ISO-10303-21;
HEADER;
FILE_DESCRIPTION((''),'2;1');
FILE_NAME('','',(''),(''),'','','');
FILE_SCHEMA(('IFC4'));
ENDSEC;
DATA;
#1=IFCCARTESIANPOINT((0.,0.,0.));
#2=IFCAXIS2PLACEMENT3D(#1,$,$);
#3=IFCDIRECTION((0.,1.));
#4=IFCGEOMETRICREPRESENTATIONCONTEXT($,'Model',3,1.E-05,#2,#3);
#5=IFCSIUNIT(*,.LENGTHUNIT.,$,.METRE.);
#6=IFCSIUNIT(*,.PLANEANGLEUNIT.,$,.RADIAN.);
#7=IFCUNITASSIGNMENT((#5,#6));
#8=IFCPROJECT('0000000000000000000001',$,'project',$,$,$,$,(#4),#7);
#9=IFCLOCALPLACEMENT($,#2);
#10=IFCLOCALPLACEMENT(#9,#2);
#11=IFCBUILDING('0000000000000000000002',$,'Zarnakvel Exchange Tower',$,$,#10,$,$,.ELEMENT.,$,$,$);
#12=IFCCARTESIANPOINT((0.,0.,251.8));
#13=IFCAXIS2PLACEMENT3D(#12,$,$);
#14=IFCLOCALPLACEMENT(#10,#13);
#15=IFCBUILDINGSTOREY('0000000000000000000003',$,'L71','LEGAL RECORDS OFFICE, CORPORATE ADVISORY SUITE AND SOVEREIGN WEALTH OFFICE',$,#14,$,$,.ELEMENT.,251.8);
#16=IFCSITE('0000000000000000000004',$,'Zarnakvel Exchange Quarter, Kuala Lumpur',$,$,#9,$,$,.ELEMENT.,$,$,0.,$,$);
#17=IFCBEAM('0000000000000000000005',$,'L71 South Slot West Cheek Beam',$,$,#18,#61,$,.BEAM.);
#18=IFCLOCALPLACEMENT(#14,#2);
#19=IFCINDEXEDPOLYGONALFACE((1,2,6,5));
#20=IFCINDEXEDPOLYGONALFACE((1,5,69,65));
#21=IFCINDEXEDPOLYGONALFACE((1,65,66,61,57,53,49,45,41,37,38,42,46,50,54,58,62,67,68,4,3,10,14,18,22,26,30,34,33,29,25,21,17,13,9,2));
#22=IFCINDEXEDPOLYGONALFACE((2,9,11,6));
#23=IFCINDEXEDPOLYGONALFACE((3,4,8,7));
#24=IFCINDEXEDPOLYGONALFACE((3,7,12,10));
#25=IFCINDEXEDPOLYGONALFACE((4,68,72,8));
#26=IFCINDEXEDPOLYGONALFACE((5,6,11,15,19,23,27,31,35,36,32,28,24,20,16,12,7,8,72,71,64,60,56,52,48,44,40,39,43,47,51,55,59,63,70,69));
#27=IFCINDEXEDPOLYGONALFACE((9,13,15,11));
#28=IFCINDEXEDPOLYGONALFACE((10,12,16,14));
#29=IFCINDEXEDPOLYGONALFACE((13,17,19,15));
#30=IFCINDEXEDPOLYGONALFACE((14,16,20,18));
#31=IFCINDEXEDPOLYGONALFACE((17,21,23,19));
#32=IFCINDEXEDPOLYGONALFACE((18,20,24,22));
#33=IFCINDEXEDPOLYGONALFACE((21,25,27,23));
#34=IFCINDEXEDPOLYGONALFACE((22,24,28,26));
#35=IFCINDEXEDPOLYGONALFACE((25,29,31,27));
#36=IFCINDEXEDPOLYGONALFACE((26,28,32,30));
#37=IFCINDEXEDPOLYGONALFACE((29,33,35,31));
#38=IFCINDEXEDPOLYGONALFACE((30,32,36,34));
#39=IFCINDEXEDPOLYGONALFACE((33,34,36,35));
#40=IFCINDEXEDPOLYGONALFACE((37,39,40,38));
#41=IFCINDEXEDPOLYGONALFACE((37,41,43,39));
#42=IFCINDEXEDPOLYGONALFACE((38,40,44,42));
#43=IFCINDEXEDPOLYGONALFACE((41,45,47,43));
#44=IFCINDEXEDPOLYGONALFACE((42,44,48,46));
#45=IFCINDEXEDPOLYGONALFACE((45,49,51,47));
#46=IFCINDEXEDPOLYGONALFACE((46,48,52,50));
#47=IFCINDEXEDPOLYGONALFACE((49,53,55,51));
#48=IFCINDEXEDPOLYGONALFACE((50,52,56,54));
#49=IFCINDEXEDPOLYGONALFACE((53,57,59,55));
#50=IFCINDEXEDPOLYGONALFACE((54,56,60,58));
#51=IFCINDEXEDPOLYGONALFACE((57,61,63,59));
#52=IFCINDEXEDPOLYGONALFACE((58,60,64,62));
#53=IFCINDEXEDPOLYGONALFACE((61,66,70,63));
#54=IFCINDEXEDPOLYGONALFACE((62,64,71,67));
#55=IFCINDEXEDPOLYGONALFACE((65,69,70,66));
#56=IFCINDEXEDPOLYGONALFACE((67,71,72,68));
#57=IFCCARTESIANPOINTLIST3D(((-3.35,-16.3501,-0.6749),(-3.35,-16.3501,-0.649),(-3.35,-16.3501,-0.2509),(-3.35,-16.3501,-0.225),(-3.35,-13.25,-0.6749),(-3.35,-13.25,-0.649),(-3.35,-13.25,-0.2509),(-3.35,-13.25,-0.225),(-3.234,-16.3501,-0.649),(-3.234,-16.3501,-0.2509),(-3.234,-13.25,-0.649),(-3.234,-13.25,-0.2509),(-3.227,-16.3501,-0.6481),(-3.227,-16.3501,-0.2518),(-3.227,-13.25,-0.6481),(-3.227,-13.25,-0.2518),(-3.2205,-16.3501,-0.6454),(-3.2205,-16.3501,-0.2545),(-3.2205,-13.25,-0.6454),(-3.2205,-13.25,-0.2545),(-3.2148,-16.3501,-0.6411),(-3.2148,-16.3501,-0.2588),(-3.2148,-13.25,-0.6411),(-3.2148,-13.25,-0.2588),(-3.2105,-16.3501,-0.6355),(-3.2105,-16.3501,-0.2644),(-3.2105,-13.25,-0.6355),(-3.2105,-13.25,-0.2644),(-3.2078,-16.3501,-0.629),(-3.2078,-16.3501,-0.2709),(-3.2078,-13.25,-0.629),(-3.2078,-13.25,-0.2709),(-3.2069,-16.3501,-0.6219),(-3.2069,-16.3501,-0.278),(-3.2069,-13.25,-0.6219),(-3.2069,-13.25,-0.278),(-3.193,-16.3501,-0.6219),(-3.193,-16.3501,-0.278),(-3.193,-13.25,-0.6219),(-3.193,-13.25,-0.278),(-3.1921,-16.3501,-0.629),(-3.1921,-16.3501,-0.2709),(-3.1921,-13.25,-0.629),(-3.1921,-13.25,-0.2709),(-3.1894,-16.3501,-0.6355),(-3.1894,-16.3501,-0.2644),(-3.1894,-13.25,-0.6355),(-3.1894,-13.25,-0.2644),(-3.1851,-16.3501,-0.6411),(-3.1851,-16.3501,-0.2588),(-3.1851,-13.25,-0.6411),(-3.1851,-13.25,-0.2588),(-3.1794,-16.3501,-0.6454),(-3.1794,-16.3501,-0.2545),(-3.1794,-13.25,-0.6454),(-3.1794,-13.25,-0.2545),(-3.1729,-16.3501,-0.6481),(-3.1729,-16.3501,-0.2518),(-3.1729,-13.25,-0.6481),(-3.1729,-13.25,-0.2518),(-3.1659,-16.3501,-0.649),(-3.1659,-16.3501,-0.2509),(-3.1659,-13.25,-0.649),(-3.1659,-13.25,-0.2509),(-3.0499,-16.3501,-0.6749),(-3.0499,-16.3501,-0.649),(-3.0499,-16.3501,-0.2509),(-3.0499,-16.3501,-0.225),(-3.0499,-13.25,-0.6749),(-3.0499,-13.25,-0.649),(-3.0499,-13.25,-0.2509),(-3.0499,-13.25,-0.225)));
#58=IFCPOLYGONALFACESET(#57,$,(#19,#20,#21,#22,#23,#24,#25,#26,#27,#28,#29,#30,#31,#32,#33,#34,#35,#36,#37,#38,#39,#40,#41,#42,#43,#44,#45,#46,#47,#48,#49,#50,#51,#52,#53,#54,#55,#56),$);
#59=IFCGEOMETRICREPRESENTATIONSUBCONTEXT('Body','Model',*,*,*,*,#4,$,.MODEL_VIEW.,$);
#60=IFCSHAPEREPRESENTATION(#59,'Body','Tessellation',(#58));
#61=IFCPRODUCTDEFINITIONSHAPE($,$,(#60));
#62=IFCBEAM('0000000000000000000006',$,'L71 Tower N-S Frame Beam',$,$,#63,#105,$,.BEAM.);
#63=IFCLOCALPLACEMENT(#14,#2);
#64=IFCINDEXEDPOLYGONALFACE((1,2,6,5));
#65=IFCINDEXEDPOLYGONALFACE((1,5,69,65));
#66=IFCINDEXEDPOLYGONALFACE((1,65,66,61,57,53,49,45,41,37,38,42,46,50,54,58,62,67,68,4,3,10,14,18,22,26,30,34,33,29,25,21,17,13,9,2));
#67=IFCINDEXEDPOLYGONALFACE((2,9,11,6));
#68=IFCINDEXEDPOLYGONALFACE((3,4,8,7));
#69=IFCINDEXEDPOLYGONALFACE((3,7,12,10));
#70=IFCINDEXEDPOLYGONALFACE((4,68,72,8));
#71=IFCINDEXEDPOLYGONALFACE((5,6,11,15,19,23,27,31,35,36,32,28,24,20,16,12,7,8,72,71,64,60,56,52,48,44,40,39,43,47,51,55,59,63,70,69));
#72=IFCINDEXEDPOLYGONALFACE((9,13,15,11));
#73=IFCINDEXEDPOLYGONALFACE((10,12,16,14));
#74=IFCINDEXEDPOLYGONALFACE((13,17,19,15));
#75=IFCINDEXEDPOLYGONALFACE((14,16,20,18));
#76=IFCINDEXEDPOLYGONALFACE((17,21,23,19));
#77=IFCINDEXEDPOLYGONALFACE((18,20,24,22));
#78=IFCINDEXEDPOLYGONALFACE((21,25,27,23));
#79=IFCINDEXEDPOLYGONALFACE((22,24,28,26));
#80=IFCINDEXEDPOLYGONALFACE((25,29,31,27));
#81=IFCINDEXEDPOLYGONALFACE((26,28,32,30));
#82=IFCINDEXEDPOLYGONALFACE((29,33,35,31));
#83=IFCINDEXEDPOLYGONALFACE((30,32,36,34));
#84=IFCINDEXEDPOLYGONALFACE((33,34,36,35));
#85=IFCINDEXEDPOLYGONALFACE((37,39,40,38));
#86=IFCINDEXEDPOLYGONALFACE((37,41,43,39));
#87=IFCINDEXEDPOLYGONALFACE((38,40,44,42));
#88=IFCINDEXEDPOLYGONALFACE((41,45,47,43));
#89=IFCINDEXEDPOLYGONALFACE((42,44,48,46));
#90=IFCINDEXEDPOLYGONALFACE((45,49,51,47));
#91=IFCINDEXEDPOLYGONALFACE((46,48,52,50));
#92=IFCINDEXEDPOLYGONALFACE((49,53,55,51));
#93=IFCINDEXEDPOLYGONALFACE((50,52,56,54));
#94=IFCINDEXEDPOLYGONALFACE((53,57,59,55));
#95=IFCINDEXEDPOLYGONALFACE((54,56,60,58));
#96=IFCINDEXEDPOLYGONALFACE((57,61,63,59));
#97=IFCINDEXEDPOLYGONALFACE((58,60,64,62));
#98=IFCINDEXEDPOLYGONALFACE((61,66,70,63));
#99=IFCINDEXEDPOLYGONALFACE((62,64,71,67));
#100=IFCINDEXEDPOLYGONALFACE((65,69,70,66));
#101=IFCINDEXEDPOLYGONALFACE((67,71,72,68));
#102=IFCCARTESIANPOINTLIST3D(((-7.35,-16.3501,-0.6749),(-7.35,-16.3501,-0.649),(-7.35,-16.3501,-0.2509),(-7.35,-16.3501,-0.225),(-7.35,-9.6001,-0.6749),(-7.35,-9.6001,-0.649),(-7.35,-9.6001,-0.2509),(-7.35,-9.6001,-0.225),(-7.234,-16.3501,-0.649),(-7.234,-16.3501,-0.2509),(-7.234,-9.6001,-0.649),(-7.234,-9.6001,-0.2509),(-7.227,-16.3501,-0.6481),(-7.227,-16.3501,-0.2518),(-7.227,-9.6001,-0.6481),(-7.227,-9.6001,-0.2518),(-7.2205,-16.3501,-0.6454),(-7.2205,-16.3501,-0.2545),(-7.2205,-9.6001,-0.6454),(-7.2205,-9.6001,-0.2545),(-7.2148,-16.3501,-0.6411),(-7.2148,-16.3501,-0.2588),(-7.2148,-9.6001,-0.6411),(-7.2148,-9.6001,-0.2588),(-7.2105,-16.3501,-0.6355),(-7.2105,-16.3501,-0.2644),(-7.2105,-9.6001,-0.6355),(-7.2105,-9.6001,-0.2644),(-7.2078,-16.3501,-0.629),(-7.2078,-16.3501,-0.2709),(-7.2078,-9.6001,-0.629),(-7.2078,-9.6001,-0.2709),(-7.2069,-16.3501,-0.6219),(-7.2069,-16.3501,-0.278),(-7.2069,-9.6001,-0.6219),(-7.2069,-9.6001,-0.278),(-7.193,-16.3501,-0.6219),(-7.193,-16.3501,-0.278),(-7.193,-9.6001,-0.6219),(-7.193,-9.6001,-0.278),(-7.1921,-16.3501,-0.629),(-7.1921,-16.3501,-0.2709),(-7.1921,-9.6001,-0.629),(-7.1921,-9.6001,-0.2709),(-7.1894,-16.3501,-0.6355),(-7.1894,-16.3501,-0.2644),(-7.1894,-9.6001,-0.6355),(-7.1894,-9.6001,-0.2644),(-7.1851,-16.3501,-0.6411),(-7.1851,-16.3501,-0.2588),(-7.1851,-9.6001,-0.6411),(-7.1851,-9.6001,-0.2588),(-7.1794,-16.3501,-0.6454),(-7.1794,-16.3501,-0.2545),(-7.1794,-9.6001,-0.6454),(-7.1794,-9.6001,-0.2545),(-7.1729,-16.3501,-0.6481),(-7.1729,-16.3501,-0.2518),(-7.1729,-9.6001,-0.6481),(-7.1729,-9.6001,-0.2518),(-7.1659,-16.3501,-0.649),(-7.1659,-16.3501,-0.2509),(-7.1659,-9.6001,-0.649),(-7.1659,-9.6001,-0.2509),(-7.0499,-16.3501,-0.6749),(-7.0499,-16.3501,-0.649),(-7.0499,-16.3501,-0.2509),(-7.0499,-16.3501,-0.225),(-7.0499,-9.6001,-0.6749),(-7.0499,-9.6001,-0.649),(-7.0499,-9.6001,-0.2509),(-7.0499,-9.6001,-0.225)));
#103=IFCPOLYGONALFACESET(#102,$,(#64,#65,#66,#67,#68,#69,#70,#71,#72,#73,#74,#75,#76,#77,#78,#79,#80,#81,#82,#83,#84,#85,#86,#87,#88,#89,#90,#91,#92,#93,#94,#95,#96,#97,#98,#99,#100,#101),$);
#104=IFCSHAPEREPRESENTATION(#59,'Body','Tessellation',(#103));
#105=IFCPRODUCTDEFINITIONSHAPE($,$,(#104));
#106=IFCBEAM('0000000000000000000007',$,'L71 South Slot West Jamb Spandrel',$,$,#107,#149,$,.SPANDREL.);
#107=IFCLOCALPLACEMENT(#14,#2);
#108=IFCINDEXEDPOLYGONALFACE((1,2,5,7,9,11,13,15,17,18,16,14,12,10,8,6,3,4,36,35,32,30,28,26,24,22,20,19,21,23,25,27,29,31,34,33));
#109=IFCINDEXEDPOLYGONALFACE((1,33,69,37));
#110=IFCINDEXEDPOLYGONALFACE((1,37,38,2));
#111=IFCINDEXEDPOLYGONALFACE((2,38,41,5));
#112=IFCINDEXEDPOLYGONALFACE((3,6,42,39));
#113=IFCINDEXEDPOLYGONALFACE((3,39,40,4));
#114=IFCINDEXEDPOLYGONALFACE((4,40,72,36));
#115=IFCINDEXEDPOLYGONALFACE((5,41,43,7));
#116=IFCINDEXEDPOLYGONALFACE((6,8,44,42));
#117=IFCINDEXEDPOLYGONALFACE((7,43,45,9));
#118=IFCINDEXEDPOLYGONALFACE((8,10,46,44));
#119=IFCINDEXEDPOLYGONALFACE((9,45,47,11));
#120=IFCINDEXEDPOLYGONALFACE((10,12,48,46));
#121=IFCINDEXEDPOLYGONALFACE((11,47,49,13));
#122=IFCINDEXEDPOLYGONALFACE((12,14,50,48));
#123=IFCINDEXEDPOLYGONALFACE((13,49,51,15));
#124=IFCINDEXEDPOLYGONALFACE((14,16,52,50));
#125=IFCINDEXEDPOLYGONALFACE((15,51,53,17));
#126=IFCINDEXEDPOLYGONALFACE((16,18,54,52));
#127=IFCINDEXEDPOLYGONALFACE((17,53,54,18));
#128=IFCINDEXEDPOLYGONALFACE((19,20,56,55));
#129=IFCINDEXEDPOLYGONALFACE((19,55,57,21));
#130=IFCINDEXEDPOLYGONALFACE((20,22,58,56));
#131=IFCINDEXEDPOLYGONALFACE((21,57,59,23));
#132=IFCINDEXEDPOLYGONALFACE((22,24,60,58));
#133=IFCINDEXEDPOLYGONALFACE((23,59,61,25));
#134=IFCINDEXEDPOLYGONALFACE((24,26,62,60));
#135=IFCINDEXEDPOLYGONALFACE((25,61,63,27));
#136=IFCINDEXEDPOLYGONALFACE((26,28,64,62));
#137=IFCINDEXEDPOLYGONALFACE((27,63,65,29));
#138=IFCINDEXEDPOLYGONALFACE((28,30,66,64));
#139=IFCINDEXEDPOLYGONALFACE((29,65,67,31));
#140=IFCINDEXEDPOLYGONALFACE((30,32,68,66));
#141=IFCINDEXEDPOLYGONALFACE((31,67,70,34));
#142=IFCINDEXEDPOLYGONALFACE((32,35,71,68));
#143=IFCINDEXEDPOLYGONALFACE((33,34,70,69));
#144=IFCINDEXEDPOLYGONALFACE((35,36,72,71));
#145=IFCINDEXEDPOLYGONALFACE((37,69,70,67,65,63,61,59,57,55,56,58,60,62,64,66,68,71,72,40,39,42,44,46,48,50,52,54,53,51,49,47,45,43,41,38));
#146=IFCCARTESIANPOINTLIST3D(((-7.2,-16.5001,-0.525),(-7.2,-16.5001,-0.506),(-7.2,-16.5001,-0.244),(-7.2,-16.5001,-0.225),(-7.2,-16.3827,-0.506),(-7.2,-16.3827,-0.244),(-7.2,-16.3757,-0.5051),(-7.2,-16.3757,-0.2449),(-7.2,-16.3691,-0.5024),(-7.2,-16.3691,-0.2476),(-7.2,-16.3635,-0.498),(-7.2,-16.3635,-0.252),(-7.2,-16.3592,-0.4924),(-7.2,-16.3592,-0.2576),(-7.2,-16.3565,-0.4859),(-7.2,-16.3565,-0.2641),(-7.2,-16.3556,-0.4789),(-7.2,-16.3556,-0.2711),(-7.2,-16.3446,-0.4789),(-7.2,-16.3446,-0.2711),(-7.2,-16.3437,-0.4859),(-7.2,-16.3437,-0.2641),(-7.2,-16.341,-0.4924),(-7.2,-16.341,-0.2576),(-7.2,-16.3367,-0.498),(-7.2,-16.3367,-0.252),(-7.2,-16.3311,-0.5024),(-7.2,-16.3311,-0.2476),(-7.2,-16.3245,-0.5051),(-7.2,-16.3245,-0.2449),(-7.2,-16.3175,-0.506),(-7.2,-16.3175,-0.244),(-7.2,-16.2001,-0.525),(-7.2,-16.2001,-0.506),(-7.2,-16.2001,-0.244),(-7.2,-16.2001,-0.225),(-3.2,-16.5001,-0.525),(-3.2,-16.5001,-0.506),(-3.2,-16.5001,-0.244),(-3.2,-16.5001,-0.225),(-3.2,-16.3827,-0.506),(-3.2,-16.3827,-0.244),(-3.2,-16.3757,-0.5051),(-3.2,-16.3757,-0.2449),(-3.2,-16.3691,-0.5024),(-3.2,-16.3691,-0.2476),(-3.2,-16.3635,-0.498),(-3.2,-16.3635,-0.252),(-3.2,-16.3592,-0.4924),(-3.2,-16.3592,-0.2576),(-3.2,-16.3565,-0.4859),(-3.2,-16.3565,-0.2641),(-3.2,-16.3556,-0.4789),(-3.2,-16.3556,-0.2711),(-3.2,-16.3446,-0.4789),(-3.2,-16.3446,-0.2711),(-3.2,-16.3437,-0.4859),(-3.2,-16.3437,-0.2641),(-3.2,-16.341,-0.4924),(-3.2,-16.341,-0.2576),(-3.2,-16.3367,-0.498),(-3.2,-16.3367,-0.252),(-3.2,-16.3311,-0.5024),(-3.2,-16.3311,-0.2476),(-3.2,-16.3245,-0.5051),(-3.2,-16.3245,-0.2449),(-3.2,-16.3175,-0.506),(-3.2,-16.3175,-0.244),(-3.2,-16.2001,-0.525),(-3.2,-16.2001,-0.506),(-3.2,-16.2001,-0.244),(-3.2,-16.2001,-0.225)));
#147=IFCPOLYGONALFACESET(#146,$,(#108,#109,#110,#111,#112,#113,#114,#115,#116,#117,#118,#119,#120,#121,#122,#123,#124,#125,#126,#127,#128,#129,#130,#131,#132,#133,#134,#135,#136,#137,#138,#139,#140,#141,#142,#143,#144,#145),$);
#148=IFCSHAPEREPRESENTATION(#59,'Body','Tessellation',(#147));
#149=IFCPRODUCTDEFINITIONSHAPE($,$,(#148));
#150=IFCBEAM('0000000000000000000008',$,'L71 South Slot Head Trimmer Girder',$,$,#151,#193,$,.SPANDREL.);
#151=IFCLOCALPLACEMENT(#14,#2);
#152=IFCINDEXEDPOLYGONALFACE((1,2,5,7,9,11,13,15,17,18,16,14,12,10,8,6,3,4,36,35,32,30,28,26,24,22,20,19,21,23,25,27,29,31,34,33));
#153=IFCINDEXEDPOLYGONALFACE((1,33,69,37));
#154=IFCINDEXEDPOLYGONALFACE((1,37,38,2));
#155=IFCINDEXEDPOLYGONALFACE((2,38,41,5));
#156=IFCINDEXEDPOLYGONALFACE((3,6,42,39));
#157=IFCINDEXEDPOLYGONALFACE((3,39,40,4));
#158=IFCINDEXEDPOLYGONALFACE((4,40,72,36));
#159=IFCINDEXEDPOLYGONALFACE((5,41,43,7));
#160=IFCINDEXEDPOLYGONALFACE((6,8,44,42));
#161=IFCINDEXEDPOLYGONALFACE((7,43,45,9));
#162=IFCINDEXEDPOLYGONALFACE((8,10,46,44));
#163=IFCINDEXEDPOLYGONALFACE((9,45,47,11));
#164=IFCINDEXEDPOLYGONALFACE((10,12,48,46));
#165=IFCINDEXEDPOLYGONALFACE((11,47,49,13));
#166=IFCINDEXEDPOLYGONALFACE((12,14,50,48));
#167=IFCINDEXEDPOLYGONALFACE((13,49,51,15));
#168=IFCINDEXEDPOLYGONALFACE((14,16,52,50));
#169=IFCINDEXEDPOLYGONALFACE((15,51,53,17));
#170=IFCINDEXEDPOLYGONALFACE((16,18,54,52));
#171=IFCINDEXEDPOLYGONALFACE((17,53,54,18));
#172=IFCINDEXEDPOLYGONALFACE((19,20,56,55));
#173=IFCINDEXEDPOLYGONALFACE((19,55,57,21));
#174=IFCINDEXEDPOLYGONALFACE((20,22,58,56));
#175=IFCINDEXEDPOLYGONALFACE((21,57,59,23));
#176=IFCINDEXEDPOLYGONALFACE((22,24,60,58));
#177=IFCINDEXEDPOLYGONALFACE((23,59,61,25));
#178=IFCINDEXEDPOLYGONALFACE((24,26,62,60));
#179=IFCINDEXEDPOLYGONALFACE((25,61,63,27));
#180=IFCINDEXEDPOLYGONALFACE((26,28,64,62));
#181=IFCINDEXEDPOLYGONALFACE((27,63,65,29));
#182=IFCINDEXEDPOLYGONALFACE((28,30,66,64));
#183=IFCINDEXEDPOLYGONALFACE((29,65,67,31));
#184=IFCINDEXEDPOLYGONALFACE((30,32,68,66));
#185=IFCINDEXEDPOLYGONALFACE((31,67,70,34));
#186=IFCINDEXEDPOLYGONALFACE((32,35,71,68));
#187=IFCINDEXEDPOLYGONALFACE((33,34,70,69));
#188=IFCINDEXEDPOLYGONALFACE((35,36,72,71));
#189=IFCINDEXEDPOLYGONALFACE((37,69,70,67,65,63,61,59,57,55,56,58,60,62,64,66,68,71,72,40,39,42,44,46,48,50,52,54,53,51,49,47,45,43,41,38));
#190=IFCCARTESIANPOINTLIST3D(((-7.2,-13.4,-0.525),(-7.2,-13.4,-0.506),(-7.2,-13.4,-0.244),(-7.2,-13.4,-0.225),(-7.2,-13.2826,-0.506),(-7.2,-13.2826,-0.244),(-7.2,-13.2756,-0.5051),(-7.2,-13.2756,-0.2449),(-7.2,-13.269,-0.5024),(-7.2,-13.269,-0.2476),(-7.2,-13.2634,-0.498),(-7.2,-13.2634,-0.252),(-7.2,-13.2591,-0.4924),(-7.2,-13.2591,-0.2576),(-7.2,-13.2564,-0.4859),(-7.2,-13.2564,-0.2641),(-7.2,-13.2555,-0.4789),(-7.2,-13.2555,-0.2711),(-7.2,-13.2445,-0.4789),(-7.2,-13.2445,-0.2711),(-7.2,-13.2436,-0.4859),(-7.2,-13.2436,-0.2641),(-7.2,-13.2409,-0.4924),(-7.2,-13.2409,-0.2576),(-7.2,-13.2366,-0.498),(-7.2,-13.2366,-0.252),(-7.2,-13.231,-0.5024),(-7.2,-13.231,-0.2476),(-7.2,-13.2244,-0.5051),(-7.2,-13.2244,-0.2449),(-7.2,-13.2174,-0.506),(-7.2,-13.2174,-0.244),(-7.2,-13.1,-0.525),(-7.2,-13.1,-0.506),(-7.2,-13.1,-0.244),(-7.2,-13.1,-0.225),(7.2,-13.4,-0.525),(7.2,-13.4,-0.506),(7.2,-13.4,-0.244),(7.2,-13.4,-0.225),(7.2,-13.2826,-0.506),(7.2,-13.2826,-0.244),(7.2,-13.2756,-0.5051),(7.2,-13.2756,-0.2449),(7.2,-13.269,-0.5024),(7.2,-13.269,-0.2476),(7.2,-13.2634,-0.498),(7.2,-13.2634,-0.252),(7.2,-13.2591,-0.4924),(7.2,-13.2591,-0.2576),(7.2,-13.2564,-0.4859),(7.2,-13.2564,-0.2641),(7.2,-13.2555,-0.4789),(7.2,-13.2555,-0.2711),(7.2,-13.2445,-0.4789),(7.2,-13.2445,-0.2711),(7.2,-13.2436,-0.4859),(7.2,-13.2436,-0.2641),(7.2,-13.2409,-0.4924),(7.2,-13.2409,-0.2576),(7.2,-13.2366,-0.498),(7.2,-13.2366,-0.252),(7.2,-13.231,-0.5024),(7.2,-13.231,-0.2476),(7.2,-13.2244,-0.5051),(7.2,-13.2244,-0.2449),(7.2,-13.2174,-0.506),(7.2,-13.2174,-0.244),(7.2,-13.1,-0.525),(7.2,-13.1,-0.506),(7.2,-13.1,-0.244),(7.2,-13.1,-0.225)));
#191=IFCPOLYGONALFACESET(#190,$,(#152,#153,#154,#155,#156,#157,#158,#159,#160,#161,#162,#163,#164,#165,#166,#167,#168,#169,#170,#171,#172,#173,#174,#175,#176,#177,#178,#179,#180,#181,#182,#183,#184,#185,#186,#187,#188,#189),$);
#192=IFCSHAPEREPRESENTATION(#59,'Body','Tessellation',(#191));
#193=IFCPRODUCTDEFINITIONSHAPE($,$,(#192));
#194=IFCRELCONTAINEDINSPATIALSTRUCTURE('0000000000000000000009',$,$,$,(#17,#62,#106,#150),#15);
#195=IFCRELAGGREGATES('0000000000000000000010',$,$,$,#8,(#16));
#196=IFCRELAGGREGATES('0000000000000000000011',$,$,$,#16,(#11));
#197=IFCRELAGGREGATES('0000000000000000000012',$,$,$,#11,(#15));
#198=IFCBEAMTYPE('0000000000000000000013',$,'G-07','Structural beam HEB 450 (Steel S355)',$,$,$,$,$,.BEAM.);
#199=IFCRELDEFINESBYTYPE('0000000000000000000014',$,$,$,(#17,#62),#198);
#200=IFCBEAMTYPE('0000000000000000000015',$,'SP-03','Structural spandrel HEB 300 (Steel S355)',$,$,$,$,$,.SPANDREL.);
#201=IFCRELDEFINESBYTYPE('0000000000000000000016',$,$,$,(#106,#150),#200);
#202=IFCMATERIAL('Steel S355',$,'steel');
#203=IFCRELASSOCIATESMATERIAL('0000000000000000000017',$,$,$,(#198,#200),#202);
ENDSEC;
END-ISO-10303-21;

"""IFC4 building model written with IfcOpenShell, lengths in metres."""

from ifc_helpers import new_model, si_unit, direction, frame, origin, origin_2d, place, context, subcontext, project, spatial, i_section, extrude, material, material_profile, profile_set, type_object, element, save


model = new_model("IFC4")

# Units and contexts
model_context = context("Model", 3, precision=1e-05, world=origin(), true_north=direction((0.0, 1.0)))
body_context = subcontext(model_context, "Body", "Model", "MODEL_VIEW")
ifc_project = project(units=[si_unit("LENGTHUNIT", "METRE"), si_unit("PLANEANGLEUNIT", "RADIAN")], contexts=[model_context])

# Site, building, storey
site_placement = place(None, origin())
site = spatial("IfcSite", under=ifc_project, at=site_placement, Name="Zarnakvel Exchange Quarter, Kuala Lumpur", CompositionType="ELEMENT", RefElevation=0.0)
building_placement = place(site_placement, origin())
building = spatial("IfcBuilding", under=site, at=building_placement, Name="Zarnakvel Exchange Tower", CompositionType="ELEMENT")
storey_placement = place(building_placement, frame((0.0, 0.0, 251.8)))
storey = spatial("IfcBuildingStorey", under=building, at=storey_placement, Name="L71", Description="LEGAL RECORDS OFFICE, CORPORATE ADVISORY SUITE AND SOVEREIGN WEALTH OFFICE", CompositionType="ELEMENT", Elevation=251.8)

# Beams
ifc_material_1 = material(Name="Steel S355", Category="steel")
ifc_material_profile_1 = material_profile(ifc_material_1, i_section(OverallWidth=0.3, OverallDepth=0.45, WebThickness=0.0139, FlangeThickness=0.0259, FilletRadius=0.0271, at=origin_2d()))
ifc_profile_set_1 = profile_set([ifc_material_profile_1], Name="Steel S355")
beam_type_1 = type_object("IfcBeamType", Name="G-07", Description="Structural beam HEB 450 (Steel S355)", PredefinedType="BEAM", material=ifc_profile_set_1)
beam_1_placement = place(storey_placement, frame((-3.2, -16.3501, -0.45), z_axis=(0.0, 1.0, 0.0), x_axis=(-1.0, 0.0, 0.0)))
element("IfcBeam", 1, at=beam_1_placement, inside=storey, type_object=beam_type_1, Name="L71 South Slot West Cheek Beam", PredefinedType="BEAM", context=body_context, shape_type="SweptSolid", body=[
    extrude(i_section(OverallWidth=0.3, OverallDepth=0.45, WebThickness=0.0139, FlangeThickness=0.0259, FilletRadius=0.0271, at=origin_2d()), origin(), (0.0, 0.0, 1.0), 3.1001),
])
beam_2_placement = place(storey_placement, frame((-7.2, -16.3501, -0.45), z_axis=(0.0, 1.0, 0.0), x_axis=(-1.0, 0.0, 0.0)))
element("IfcBeam", 2, at=beam_2_placement, inside=storey, type_object=beam_type_1, Name="L71 Tower N-S Frame Beam", PredefinedType="BEAM", context=body_context, shape_type="SweptSolid", body=[
    extrude(i_section(OverallWidth=0.3, OverallDepth=0.45, WebThickness=0.0139, FlangeThickness=0.0259, FilletRadius=0.0271, at=origin_2d()), origin(), (0.0, 0.0, 1.0), 6.75),
])
ifc_material_profile_2 = material_profile(ifc_material_1, i_section(OverallWidth=0.3, OverallDepth=0.3, WebThickness=0.011, FlangeThickness=0.019, FilletRadius=0.0271, at=origin_2d()))
ifc_profile_set_2 = profile_set([ifc_material_profile_2], Name="Steel S355")
beam_type_2 = type_object("IfcBeamType", Name="SP-03", Description="Structural spandrel HEB 300 (Steel S355)", PredefinedType="SPANDREL", material=ifc_profile_set_2)
beam_3_placement = place(storey_placement, frame((-7.2, -16.3501, -0.375), z_axis=(1.0, 0.0, 0.0), x_axis=(0.0, 1.0, 0.0)))
element("IfcBeam", 3, at=beam_3_placement, inside=storey, type_object=beam_type_2, Name="L71 South Slot West Jamb Spandrel", PredefinedType="SPANDREL", context=body_context, shape_type="SweptSolid", body=[
    extrude(i_section(OverallWidth=0.3, OverallDepth=0.3, WebThickness=0.011, FlangeThickness=0.019, FilletRadius=0.0271, at=origin_2d()), origin(), (0.0, 0.0, 1.0), 4.0),
])
beam_4_placement = place(storey_placement, frame((-7.2, -13.25, -0.375), z_axis=(1.0, 0.0, 0.0), x_axis=(0.0, 1.0, 0.0)))
element("IfcBeam", 4, at=beam_4_placement, inside=storey, type_object=beam_type_2, Name="L71 South Slot Head Trimmer Girder", PredefinedType="SPANDREL", context=body_context, shape_type="SweptSolid", body=[
    extrude(i_section(OverallWidth=0.3, OverallDepth=0.3, WebThickness=0.011, FlangeThickness=0.019, FilletRadius=0.0271, at=origin_2d()), origin(), (0.0, 0.0, 1.0), 14.3999),
])

save(model, "model.ifc")
